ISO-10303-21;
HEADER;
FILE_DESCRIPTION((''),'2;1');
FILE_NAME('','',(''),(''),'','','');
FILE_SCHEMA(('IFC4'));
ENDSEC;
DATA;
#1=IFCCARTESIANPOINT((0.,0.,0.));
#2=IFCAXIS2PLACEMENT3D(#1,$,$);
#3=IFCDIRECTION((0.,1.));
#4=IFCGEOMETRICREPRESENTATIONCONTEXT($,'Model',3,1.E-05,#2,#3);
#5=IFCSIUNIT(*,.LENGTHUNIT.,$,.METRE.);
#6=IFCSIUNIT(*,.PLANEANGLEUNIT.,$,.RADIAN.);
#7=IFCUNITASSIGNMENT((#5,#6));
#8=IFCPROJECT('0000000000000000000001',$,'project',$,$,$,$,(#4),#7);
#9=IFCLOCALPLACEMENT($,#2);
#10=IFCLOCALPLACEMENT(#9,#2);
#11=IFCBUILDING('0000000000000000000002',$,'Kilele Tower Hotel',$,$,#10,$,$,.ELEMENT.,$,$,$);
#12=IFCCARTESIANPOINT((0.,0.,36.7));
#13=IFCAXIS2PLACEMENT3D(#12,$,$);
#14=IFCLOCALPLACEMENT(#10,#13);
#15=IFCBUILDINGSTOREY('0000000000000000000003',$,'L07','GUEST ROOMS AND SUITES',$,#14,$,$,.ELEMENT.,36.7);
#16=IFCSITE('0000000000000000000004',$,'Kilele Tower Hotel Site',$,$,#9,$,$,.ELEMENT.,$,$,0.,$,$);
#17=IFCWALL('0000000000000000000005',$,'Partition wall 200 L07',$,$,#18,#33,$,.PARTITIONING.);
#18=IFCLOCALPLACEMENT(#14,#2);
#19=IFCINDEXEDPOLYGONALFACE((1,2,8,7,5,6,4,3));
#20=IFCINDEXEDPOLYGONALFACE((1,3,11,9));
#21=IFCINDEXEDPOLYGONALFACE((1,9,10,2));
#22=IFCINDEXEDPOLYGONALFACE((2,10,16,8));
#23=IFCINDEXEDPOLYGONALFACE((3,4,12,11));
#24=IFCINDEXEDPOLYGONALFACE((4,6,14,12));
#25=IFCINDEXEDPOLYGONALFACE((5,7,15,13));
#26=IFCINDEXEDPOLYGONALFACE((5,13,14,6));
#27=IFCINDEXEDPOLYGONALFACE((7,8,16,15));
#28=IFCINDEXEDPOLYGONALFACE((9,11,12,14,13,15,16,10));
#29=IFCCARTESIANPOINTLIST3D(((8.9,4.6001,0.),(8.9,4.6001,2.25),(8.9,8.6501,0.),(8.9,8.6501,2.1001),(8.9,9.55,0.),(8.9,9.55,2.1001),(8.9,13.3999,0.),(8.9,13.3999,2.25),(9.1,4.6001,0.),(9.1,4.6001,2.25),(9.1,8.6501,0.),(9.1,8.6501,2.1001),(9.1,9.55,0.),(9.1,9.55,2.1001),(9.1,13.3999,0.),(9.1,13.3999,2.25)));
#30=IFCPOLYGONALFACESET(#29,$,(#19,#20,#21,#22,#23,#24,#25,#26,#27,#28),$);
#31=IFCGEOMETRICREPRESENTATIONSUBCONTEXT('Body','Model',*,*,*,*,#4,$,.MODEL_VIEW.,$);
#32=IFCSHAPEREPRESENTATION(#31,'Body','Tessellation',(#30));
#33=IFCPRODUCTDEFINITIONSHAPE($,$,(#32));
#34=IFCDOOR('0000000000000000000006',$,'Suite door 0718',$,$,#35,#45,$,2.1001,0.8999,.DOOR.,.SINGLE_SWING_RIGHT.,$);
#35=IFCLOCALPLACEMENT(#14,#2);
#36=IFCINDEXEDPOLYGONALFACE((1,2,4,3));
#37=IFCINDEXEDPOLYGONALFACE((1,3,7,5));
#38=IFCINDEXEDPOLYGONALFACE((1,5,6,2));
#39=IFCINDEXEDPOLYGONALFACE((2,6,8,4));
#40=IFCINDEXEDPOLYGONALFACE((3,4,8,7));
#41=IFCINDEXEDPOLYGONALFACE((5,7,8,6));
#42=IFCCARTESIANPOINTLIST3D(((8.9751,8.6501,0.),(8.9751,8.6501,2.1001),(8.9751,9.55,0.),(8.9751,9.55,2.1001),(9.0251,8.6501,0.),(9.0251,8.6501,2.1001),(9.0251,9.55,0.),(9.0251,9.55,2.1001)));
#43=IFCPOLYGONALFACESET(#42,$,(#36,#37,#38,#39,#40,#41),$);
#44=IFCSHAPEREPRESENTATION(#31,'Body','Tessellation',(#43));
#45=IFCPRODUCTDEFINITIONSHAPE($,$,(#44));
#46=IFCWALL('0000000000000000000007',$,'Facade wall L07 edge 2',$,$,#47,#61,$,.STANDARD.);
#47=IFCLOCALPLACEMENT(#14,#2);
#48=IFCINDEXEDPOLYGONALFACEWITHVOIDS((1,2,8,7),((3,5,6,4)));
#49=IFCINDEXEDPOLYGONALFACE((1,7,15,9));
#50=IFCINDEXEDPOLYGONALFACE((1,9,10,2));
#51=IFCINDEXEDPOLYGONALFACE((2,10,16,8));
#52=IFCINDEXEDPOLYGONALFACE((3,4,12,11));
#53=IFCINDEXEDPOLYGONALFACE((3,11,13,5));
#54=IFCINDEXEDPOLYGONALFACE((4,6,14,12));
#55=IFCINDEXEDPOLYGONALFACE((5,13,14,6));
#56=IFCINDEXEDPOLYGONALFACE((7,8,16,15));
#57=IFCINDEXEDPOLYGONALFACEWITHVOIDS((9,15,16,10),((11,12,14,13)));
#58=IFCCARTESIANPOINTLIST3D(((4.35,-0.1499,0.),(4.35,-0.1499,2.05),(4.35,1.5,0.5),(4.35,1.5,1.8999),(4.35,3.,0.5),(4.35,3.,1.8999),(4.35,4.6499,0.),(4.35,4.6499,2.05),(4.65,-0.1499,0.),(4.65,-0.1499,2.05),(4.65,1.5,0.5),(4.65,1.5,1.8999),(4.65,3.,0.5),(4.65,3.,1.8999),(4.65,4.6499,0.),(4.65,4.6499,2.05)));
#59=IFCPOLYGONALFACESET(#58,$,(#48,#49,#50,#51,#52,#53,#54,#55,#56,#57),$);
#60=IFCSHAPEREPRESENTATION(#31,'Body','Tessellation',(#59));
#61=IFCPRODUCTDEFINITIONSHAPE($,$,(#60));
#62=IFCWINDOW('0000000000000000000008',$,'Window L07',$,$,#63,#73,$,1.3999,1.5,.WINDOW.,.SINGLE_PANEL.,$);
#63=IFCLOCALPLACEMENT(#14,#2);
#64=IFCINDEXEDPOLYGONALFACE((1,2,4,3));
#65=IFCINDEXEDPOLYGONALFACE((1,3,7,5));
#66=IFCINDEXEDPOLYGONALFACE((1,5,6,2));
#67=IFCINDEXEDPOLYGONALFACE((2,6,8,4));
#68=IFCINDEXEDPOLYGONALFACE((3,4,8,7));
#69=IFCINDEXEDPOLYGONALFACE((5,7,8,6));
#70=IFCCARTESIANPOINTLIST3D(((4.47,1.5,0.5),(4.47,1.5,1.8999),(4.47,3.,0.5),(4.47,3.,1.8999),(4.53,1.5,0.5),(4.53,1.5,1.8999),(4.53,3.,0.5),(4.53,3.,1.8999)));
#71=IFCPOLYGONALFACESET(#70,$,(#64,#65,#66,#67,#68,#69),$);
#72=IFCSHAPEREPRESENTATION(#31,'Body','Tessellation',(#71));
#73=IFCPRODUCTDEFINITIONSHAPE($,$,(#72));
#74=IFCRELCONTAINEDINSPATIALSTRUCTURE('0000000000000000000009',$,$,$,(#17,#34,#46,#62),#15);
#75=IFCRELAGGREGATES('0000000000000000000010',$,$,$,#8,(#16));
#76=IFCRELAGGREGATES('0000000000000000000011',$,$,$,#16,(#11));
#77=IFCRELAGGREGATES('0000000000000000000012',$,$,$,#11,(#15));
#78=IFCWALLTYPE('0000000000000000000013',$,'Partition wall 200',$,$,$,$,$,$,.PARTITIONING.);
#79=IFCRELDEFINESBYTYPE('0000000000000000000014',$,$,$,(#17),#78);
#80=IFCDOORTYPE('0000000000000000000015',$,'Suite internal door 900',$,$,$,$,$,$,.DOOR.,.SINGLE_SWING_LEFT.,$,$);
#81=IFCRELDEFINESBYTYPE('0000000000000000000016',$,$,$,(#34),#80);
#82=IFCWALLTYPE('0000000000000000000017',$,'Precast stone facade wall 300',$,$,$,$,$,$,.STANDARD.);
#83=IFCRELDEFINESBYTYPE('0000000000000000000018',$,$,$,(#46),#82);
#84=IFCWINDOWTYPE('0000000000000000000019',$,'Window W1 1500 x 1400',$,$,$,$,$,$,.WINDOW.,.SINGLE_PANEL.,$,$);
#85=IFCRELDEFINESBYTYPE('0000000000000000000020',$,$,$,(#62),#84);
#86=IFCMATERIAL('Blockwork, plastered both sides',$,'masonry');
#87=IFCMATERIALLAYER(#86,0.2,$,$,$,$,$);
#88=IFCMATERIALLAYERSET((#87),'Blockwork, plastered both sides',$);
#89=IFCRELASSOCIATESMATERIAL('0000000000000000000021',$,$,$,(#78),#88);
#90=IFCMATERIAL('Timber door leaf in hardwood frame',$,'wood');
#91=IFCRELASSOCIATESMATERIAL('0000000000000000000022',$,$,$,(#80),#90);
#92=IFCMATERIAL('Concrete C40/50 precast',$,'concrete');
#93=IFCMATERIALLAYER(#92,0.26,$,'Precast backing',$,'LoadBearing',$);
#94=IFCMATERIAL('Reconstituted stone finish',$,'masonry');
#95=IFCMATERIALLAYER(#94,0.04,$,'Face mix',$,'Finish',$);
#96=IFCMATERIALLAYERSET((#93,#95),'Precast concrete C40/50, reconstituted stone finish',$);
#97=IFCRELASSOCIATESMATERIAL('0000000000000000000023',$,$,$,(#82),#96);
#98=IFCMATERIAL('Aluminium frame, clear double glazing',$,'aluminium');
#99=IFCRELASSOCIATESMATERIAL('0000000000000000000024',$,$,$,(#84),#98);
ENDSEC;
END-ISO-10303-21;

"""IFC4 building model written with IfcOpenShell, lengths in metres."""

from ifc_helpers import new_model, si_unit, direction, frame, frame_2d, origin, place, context, subcontext, project, spatial, rectangle, extrude, material, layer, layer_set, type_object, element, fill, save


model = new_model("IFC4")

# Units and contexts
model_context = context("Model", 3, precision=1e-05, world=origin(), true_north=direction((0.0, 1.0)))
body_context = subcontext(model_context, "Body", "Model", "MODEL_VIEW")
ifc_project = project(units=[si_unit("LENGTHUNIT", "METRE"), si_unit("PLANEANGLEUNIT", "RADIAN")], contexts=[model_context])

# Site, building, storey
site_placement = place(None, origin())
site = spatial("IfcSite", under=ifc_project, at=site_placement, Name="Kilele Tower Hotel Site", CompositionType="ELEMENT", RefElevation=0.0)
building_placement = place(site_placement, origin())
building = spatial("IfcBuilding", under=site, at=building_placement, Name="Kilele Tower Hotel", CompositionType="ELEMENT")
storey_placement = place(building_placement, frame((0.0, 0.0, 36.7)))
storey = spatial("IfcBuildingStorey", under=building, at=storey_placement, Name="L07", Description="GUEST ROOMS AND SUITES", CompositionType="ELEMENT", Elevation=36.7)

# Wall, opening, door
ifc_material_1 = material(Name="Blockwork, plastered both sides", Category="masonry")
ifc_layer_1 = layer(ifc_material_1, 0.2)
ifc_layer_set_1 = layer_set([ifc_layer_1], Name="Blockwork, plastered both sides")
wall_type_1 = type_object("IfcWallType", Name="Partition wall 200", PredefinedType="PARTITIONING", material=ifc_layer_set_1)
wall_1_placement = place(storey_placement, frame((9.0, 4.6001, 0.0), z_axis=(0.0, 0.0, 1.0), x_axis=(0.0, 1.0, 0.0)))
wall_1 = element("IfcWall", 1, at=wall_1_placement, inside=storey, type_object=wall_type_1, Name="Partition wall 200 L07", PredefinedType="PARTITIONING", context=body_context, shape_type="SweptSolid", body=[
    extrude(rectangle(XDim=8.7998, YDim=0.2, at=frame_2d((4.3999, 0.0))), origin(), (0.0, 0.0, 1.0), 2.25),
])
opening_1_placement = place(wall_1_placement, frame((4.05, 0.0, 0.0)))
opening_1 = element("IfcOpeningElement", 2, at=opening_1_placement, cuts=wall_1, PredefinedType="OPENING", context=body_context, shape_type="SweptSolid", body=[
    extrude(rectangle(XDim=0.8999, YDim=2.1001, at=frame_2d((0.45, 1.05))), frame((0.0, 0.1099, 0.0), z_axis=(0.0, -1.0, 0.0), x_axis=(1.0, 0.0, 0.0)), (0.0, 0.0, 1.0), 0.22),
])
ifc_material_2 = material(Name="Timber door leaf in hardwood frame", Category="wood")
door_type = type_object("IfcDoorType", Name="Suite internal door 900", OperationType="SINGLE_SWING_LEFT", PredefinedType="DOOR", material=ifc_material_2)
door_placement = place(opening_1_placement, origin())
door = element("IfcDoor", 3, at=door_placement, inside=storey, type_object=door_type, Name="Suite door 0718", OperationType="SINGLE_SWING_RIGHT", OverallHeight=2.1001, OverallWidth=0.8999, PredefinedType="DOOR", context=body_context, shape_type="SweptSolid", body=[
    extrude(rectangle(XDim=0.8999, YDim=2.1001, at=frame_2d((0.45, 1.05))), frame((0.0, 0.0249, 0.0), z_axis=(0.0, -1.0, 0.0), x_axis=(1.0, 0.0, 0.0)), (0.0, 0.0, 1.0), 0.05),
])
fill(opening_1, door)

# Wall, opening, window
ifc_material_3 = material(Name="Concrete C40/50 precast", Category="concrete")
ifc_layer_2 = layer(ifc_material_3, 0.26, Name="Precast backing", Category="LoadBearing")
ifc_material_4 = material(Name="Reconstituted stone finish", Category="masonry")
ifc_layer_3 = layer(ifc_material_4, 0.04, Name="Face mix", Category="Finish")
ifc_layer_set_2 = layer_set([ifc_layer_2, ifc_layer_3], Name="Precast concrete C40/50, reconstituted stone finish")
wall_type_2 = type_object("IfcWallType", Name="Precast stone facade wall 300", PredefinedType="STANDARD", material=ifc_layer_set_2)
wall_2_placement = place(storey_placement, frame((4.5, 4.6499, 0.0), z_axis=(0.0, 0.0, 1.0), x_axis=(0.0, -1.0, 0.0)))
wall_2 = element("IfcWall", 4, at=wall_2_placement, inside=storey, type_object=wall_type_2, Name="Facade wall L07 edge 2", PredefinedType="STANDARD", context=body_context, shape_type="SweptSolid", body=[
    extrude(rectangle(XDim=4.7998, YDim=0.3, at=frame_2d((2.3999, 0.0))), origin(), (0.0, 0.0, 1.0), 2.05),
])
opening_2_placement = place(wall_2_placement, frame((1.6499, 0.0, 0.5)))
opening_2 = element("IfcOpeningElement", 5, at=opening_2_placement, cuts=wall_2, PredefinedType="OPENING", context=body_context, shape_type="SweptSolid", body=[
    extrude(rectangle(XDim=1.5, YDim=1.3999, at=frame_2d((0.75, 0.7))), frame((0.0, 0.1599, 0.0), z_axis=(0.0, -1.0, 0.0), x_axis=(1.0, 0.0, 0.0)), (0.0, 0.0, 1.0), 0.3201),
])
ifc_material_5 = material(Name="Aluminium frame, clear double glazing", Category="aluminium")
window_type = type_object("IfcWindowType", Name="Window W1 1500 x 1400", PartitioningType="SINGLE_PANEL", PredefinedType="WINDOW", material=ifc_material_5)
window_placement = place(opening_2_placement, origin())
window = element("IfcWindow", 6, at=window_placement, inside=storey, type_object=window_type, Name="Window L07", OverallHeight=1.3999, OverallWidth=1.5, PartitioningType="SINGLE_PANEL", PredefinedType="WINDOW", context=body_context, shape_type="SweptSolid", body=[
    extrude(rectangle(XDim=1.5, YDim=1.3999, at=frame_2d((0.75, 0.7))), frame((0.0, 0.03, 0.0), z_axis=(0.0, -1.0, 0.0), x_axis=(1.0, 0.0, 0.0)), (0.0, 0.0, 1.0), 0.0601),
])
fill(opening_2, window)

save(model, "model.ifc")
